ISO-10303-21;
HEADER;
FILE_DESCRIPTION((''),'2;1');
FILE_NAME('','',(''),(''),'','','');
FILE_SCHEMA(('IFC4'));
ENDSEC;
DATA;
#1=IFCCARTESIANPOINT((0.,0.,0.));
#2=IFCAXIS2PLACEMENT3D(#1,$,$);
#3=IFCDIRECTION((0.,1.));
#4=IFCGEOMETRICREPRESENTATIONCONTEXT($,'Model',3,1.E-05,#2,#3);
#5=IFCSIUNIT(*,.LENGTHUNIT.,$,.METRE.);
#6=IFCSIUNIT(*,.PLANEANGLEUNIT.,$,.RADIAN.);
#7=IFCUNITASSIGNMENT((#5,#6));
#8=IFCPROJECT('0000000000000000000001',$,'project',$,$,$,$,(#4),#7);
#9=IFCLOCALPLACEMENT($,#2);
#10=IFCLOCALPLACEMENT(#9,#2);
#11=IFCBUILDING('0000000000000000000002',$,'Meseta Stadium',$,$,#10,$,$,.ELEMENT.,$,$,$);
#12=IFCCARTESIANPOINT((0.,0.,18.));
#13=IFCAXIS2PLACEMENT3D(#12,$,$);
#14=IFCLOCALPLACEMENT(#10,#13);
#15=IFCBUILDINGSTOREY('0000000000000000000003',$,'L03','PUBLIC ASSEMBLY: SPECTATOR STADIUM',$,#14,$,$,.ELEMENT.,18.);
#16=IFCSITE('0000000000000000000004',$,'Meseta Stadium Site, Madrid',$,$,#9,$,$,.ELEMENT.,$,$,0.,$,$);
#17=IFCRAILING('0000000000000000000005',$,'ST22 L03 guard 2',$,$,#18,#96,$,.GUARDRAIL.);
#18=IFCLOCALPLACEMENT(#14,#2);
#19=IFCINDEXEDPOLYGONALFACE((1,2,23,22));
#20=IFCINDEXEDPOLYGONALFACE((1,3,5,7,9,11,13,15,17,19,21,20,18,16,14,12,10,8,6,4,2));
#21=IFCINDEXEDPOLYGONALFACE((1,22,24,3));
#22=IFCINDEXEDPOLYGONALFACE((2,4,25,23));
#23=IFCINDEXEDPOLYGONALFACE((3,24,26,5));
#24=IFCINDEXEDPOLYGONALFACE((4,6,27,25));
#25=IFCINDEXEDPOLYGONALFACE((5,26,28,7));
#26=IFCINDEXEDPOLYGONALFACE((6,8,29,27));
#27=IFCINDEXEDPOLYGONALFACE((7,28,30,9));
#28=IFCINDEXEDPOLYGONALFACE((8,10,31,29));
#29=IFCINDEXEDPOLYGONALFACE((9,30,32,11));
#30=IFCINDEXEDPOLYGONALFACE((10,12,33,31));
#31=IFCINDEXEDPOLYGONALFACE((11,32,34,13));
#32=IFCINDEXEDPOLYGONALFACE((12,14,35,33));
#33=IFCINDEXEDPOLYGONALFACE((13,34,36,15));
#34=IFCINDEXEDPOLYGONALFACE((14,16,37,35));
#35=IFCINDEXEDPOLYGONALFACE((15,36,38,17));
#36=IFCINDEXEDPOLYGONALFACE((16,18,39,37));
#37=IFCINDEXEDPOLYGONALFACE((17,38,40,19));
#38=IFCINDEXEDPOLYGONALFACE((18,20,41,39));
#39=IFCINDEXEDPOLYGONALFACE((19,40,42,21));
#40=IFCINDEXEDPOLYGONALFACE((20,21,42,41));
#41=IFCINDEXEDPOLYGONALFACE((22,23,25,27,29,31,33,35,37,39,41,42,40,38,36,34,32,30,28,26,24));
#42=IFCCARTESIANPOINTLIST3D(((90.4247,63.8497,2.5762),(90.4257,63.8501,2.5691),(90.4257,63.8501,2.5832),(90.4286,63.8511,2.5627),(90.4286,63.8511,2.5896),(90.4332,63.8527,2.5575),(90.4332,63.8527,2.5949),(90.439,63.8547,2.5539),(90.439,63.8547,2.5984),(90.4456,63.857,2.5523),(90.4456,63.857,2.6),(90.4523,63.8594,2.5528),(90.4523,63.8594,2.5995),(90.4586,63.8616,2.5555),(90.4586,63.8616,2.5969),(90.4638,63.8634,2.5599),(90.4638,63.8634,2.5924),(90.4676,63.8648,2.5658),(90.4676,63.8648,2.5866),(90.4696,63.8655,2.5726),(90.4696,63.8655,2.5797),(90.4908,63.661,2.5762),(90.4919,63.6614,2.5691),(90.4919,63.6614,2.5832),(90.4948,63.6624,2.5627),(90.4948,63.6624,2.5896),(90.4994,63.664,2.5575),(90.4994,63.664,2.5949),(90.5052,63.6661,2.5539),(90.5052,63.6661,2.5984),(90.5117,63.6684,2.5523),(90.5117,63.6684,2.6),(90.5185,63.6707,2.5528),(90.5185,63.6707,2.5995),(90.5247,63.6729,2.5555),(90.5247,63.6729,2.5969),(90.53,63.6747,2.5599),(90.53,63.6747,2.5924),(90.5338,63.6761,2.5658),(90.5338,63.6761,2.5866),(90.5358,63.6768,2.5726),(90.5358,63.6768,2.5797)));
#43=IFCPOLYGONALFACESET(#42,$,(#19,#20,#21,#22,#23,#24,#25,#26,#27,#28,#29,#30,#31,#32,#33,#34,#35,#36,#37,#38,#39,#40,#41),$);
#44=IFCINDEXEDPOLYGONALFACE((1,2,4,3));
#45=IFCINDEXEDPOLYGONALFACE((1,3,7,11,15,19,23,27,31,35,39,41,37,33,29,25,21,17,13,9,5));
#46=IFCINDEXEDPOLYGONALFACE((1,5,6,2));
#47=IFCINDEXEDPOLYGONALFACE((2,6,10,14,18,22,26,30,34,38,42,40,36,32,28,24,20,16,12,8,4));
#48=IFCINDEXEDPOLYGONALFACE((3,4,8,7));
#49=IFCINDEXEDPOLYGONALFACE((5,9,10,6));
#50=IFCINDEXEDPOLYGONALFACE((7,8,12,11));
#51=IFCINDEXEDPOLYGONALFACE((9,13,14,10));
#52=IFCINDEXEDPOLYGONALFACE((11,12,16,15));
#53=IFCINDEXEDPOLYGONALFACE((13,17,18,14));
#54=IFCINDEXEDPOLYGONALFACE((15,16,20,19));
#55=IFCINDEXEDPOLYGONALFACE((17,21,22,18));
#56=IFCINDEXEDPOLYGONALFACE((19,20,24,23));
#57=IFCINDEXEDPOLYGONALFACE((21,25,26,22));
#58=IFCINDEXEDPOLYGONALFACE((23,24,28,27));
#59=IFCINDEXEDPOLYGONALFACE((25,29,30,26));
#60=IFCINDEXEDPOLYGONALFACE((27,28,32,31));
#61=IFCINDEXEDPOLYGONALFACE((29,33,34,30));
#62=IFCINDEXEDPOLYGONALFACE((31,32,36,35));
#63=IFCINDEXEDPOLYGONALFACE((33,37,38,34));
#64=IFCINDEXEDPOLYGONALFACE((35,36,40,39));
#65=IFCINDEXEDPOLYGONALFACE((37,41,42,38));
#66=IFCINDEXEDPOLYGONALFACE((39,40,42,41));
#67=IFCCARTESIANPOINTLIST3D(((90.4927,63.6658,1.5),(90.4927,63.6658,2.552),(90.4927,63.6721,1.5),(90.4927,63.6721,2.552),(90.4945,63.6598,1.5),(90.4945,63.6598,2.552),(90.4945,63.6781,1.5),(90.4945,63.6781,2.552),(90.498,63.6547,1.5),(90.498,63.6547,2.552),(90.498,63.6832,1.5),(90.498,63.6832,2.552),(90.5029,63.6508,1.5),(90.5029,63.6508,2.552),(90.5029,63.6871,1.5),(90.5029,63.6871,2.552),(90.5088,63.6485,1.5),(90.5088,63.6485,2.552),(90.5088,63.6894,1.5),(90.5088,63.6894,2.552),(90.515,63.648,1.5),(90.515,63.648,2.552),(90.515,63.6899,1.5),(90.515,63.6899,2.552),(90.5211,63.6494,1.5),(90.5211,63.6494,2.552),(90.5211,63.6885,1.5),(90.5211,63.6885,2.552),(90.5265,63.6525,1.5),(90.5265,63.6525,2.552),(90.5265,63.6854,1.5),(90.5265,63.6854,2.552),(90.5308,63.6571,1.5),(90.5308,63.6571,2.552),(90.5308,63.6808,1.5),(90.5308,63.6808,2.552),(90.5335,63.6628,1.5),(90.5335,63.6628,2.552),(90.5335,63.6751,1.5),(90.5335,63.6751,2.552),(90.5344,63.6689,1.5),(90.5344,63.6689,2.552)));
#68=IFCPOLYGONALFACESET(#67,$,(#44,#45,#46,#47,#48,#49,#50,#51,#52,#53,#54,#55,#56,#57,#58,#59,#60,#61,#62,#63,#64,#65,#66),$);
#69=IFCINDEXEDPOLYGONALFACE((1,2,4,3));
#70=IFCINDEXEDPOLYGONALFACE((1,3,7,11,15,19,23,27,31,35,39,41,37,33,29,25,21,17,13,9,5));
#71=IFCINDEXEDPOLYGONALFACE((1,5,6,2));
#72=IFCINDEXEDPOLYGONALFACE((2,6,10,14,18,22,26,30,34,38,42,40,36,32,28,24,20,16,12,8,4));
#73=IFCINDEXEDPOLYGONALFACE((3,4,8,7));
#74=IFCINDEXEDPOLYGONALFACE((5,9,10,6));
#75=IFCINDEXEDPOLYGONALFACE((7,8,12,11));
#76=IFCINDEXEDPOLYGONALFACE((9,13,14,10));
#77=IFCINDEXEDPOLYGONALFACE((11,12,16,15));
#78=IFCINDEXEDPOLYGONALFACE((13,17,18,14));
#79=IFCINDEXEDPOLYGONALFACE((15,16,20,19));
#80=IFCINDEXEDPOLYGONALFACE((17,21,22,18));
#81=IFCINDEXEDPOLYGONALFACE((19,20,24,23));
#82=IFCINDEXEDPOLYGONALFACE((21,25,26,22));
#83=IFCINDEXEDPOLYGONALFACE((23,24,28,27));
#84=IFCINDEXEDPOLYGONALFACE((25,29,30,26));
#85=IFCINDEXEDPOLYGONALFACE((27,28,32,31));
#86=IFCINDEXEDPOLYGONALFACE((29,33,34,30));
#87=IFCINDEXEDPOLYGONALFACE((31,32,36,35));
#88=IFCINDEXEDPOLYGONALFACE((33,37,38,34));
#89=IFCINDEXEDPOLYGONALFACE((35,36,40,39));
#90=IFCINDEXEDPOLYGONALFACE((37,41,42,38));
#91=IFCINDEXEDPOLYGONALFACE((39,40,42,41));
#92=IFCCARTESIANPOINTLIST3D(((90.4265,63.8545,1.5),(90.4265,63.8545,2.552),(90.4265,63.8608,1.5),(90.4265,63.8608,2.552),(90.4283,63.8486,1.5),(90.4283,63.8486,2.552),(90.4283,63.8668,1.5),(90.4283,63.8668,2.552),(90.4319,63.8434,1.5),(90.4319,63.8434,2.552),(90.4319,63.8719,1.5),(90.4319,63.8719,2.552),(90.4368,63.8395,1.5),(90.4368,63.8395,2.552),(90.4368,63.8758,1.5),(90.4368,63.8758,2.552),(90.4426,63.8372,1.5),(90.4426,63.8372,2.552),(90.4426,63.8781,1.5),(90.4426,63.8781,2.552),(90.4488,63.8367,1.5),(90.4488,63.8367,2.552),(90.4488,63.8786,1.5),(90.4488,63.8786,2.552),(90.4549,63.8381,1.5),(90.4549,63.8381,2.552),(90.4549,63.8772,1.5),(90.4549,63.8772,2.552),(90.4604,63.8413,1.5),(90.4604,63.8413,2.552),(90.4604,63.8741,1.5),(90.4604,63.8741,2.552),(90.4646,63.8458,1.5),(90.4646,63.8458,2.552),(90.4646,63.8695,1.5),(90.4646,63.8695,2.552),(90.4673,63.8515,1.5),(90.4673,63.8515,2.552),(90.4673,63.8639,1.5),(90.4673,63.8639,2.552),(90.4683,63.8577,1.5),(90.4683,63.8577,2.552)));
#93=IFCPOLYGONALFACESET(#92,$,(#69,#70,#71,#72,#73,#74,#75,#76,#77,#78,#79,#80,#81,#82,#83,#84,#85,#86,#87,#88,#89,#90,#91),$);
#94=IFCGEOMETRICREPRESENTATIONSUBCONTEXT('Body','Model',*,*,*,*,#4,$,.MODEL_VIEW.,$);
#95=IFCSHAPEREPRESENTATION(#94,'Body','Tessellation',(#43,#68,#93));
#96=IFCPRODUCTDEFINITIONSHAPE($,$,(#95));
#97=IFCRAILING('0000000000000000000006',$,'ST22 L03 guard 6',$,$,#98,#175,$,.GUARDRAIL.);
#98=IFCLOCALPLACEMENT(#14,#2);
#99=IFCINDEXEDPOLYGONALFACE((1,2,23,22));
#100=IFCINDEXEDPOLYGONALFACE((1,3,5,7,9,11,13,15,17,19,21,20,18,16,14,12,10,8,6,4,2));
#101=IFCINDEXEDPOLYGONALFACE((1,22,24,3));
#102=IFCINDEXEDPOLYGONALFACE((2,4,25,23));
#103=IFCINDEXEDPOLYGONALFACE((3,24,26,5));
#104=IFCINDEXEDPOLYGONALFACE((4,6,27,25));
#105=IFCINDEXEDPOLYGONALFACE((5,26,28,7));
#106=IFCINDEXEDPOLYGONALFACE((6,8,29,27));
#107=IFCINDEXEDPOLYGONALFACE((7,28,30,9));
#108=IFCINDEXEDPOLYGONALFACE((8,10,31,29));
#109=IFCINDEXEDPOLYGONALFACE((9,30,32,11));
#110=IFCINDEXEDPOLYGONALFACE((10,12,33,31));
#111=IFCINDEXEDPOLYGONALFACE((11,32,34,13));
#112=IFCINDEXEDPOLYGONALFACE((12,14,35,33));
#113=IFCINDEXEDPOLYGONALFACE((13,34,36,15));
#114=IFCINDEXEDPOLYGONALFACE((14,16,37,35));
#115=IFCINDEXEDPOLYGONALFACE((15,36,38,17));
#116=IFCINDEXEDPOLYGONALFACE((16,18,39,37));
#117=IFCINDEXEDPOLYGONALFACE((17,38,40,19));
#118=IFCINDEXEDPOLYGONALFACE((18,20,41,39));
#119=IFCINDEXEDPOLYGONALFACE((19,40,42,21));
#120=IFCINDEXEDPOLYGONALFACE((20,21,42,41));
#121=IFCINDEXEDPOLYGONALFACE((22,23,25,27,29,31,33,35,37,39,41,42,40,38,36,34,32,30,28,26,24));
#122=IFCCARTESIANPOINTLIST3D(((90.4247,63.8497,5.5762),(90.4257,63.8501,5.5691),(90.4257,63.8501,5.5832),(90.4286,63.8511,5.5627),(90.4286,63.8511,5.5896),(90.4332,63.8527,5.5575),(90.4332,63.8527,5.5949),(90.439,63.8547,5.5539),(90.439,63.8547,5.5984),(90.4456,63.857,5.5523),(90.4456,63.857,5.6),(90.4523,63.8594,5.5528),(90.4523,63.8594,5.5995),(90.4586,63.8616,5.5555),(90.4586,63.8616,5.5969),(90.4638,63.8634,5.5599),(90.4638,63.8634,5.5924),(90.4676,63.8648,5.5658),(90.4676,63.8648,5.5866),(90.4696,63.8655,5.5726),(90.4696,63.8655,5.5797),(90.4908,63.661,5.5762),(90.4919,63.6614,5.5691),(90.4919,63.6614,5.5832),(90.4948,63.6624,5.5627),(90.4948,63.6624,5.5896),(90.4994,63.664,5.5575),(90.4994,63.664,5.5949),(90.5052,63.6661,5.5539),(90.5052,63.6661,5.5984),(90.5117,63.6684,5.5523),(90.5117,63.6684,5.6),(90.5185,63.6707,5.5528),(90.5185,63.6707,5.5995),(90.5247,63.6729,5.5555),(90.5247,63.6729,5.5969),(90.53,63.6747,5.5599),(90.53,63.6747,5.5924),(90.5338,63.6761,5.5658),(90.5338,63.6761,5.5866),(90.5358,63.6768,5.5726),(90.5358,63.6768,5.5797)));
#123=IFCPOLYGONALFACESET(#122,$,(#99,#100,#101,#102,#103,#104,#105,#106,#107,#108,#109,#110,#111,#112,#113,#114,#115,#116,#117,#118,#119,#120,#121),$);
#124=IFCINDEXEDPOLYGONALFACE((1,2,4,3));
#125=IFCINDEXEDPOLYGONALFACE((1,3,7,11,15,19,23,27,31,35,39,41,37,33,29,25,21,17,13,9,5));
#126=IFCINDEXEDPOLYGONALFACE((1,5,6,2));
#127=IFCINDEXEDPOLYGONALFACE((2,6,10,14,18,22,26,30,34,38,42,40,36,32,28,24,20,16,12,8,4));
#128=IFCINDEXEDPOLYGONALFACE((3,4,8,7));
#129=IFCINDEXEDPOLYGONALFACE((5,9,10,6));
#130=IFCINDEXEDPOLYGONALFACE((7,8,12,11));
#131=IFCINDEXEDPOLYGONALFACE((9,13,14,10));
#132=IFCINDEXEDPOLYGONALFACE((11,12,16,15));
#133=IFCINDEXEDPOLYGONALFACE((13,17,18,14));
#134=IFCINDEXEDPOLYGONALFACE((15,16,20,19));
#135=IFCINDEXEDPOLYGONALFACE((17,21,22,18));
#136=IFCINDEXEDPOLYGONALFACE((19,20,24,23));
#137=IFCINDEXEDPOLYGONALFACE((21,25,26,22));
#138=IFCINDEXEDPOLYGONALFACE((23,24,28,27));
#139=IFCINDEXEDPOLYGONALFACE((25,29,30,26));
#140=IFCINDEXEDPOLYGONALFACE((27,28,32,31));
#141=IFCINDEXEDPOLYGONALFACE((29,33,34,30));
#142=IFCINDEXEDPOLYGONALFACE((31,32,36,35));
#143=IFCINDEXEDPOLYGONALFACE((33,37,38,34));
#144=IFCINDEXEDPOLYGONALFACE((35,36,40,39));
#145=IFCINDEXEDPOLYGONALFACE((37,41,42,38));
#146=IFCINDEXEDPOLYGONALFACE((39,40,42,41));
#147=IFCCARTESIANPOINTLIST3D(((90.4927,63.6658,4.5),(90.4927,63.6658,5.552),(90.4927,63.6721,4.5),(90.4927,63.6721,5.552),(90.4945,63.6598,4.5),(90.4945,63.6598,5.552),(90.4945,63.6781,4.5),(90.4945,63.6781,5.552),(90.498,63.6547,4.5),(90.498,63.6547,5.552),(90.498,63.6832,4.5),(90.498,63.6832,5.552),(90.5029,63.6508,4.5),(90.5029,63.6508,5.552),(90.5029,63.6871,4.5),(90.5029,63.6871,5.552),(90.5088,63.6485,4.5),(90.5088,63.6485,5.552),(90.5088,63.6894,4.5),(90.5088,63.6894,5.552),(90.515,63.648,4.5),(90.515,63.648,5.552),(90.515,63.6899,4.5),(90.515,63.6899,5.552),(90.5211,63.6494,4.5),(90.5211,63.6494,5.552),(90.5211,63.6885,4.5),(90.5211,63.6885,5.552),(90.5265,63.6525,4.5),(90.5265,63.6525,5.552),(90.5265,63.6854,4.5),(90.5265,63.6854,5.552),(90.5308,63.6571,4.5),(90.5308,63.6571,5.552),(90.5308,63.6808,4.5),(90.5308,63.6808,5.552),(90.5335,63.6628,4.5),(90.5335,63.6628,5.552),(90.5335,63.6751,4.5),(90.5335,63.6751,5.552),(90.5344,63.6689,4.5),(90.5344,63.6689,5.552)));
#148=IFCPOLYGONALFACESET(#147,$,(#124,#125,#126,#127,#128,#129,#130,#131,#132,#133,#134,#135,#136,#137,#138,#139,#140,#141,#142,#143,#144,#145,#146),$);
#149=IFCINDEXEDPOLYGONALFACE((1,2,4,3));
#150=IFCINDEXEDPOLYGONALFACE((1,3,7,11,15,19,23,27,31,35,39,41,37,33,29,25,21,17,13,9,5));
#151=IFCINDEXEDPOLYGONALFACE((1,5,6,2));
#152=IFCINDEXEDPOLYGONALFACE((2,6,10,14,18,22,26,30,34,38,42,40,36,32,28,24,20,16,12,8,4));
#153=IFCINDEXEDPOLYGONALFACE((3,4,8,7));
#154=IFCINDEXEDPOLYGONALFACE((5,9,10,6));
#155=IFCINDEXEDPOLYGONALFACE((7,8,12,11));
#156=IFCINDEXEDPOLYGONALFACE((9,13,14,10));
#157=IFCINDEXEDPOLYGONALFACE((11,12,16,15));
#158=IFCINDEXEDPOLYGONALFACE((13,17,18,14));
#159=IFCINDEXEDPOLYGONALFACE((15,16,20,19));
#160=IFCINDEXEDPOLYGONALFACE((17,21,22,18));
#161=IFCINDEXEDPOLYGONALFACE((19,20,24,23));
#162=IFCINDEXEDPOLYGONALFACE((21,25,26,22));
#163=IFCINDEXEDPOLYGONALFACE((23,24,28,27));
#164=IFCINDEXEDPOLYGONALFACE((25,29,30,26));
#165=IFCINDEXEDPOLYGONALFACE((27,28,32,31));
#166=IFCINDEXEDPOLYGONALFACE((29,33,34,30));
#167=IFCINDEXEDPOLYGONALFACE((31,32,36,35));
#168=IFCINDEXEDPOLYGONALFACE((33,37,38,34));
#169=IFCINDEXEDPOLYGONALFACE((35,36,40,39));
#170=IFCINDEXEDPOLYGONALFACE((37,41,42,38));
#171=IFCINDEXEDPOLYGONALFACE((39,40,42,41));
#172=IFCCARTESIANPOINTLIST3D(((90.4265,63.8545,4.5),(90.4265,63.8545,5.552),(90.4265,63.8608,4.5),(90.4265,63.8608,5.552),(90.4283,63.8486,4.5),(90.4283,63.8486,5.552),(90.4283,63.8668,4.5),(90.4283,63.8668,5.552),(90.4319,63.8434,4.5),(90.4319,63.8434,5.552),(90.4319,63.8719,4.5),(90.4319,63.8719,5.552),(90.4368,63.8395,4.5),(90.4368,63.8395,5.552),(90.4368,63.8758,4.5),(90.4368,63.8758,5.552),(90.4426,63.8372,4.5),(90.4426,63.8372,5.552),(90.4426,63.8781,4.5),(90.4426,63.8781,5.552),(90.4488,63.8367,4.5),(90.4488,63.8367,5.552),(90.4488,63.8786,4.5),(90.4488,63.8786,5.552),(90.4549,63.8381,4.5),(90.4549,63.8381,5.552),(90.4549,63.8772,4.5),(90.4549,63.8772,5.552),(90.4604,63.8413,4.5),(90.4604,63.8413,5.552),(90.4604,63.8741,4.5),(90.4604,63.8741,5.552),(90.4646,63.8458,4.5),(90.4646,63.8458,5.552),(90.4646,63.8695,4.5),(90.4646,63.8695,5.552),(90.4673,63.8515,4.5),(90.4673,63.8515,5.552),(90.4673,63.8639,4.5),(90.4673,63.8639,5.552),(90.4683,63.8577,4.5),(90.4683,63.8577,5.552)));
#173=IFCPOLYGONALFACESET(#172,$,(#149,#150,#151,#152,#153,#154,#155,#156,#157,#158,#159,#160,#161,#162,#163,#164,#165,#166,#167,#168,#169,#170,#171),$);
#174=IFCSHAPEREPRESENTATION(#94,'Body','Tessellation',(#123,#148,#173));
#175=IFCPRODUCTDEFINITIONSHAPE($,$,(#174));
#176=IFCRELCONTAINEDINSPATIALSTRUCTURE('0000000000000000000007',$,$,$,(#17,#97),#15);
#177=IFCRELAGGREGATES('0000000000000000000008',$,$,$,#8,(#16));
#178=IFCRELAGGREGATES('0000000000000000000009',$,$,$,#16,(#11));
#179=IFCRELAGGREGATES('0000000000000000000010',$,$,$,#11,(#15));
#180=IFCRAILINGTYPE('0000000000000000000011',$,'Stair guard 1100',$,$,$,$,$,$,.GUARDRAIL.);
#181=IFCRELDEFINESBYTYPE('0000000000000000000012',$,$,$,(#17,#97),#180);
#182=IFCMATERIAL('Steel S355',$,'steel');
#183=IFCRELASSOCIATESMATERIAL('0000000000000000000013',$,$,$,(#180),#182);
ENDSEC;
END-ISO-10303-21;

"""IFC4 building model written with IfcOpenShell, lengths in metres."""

from ifc_helpers import new_model, si_unit, direction, frame, origin, origin_2d, place, context, subcontext, project, spatial, circle, extrude, material, type_object, element, save


model = new_model("IFC4")

# Units and contexts
model_context = context("Model", 3, precision=1e-05, world=origin(), true_north=direction((0.0, 1.0)))
body_context = subcontext(model_context, "Body", "Model", "MODEL_VIEW")
ifc_project = project(units=[si_unit("LENGTHUNIT", "METRE"), si_unit("PLANEANGLEUNIT", "RADIAN")], contexts=[model_context])

# Site, building, storey
site_placement = place(None, origin())
site = spatial("IfcSite", under=ifc_project, at=site_placement, Name="Meseta Stadium Site, Madrid", CompositionType="ELEMENT", RefElevation=0.0)
building_placement = place(site_placement, origin())
building = spatial("IfcBuilding", under=site, at=building_placement, Name="Meseta Stadium", CompositionType="ELEMENT")
storey_placement = place(building_placement, frame((0.0, 0.0, 18.0)))
storey = spatial("IfcBuildingStorey", under=building, at=storey_placement, Name="L03", Description="PUBLIC ASSEMBLY: SPECTATOR STADIUM", CompositionType="ELEMENT", Elevation=18.0)

# Railings
ifc_material_1 = material(Name="Steel S355", Category="steel")
railing_type_1 = type_object("IfcRailingType", Name="Stair guard 1100", PredefinedType="GUARDRAIL", material=ifc_material_1)
for number, where, name in (
    (1, (90.5134, 63.6689, 1.5), "ST22 L03 guard 2"),
    (2, (90.5134, 63.6689, 4.5), "ST22 L03 guard 6"),
):
    element("IfcRailing", number, at=place(storey_placement, frame(where)), inside=storey, type_object=railing_type_1, Name=name, PredefinedType="GUARDRAIL", context=body_context, shape_type="SweptSolid", body=[
        extrude(circle(Radius=0.0239, at=origin_2d()), frame((0.0, 0.0, 1.0762), z_axis=(-0.33084, 0.943687, 0.0), x_axis=(-0.943687, -0.33084, 0.0)), (0.0, 0.0, 1.0), 0.2),
        extrude(circle(Radius=0.021, at=origin_2d()), origin(), (0.0, 0.0, 1.0), 1.052),
        extrude(circle(Radius=0.021, at=origin_2d()), frame((-0.0662, 0.1887, 0.0)), (0.0, 0.0, 1.0), 1.052),
    ])

save(model, "model.ifc")
